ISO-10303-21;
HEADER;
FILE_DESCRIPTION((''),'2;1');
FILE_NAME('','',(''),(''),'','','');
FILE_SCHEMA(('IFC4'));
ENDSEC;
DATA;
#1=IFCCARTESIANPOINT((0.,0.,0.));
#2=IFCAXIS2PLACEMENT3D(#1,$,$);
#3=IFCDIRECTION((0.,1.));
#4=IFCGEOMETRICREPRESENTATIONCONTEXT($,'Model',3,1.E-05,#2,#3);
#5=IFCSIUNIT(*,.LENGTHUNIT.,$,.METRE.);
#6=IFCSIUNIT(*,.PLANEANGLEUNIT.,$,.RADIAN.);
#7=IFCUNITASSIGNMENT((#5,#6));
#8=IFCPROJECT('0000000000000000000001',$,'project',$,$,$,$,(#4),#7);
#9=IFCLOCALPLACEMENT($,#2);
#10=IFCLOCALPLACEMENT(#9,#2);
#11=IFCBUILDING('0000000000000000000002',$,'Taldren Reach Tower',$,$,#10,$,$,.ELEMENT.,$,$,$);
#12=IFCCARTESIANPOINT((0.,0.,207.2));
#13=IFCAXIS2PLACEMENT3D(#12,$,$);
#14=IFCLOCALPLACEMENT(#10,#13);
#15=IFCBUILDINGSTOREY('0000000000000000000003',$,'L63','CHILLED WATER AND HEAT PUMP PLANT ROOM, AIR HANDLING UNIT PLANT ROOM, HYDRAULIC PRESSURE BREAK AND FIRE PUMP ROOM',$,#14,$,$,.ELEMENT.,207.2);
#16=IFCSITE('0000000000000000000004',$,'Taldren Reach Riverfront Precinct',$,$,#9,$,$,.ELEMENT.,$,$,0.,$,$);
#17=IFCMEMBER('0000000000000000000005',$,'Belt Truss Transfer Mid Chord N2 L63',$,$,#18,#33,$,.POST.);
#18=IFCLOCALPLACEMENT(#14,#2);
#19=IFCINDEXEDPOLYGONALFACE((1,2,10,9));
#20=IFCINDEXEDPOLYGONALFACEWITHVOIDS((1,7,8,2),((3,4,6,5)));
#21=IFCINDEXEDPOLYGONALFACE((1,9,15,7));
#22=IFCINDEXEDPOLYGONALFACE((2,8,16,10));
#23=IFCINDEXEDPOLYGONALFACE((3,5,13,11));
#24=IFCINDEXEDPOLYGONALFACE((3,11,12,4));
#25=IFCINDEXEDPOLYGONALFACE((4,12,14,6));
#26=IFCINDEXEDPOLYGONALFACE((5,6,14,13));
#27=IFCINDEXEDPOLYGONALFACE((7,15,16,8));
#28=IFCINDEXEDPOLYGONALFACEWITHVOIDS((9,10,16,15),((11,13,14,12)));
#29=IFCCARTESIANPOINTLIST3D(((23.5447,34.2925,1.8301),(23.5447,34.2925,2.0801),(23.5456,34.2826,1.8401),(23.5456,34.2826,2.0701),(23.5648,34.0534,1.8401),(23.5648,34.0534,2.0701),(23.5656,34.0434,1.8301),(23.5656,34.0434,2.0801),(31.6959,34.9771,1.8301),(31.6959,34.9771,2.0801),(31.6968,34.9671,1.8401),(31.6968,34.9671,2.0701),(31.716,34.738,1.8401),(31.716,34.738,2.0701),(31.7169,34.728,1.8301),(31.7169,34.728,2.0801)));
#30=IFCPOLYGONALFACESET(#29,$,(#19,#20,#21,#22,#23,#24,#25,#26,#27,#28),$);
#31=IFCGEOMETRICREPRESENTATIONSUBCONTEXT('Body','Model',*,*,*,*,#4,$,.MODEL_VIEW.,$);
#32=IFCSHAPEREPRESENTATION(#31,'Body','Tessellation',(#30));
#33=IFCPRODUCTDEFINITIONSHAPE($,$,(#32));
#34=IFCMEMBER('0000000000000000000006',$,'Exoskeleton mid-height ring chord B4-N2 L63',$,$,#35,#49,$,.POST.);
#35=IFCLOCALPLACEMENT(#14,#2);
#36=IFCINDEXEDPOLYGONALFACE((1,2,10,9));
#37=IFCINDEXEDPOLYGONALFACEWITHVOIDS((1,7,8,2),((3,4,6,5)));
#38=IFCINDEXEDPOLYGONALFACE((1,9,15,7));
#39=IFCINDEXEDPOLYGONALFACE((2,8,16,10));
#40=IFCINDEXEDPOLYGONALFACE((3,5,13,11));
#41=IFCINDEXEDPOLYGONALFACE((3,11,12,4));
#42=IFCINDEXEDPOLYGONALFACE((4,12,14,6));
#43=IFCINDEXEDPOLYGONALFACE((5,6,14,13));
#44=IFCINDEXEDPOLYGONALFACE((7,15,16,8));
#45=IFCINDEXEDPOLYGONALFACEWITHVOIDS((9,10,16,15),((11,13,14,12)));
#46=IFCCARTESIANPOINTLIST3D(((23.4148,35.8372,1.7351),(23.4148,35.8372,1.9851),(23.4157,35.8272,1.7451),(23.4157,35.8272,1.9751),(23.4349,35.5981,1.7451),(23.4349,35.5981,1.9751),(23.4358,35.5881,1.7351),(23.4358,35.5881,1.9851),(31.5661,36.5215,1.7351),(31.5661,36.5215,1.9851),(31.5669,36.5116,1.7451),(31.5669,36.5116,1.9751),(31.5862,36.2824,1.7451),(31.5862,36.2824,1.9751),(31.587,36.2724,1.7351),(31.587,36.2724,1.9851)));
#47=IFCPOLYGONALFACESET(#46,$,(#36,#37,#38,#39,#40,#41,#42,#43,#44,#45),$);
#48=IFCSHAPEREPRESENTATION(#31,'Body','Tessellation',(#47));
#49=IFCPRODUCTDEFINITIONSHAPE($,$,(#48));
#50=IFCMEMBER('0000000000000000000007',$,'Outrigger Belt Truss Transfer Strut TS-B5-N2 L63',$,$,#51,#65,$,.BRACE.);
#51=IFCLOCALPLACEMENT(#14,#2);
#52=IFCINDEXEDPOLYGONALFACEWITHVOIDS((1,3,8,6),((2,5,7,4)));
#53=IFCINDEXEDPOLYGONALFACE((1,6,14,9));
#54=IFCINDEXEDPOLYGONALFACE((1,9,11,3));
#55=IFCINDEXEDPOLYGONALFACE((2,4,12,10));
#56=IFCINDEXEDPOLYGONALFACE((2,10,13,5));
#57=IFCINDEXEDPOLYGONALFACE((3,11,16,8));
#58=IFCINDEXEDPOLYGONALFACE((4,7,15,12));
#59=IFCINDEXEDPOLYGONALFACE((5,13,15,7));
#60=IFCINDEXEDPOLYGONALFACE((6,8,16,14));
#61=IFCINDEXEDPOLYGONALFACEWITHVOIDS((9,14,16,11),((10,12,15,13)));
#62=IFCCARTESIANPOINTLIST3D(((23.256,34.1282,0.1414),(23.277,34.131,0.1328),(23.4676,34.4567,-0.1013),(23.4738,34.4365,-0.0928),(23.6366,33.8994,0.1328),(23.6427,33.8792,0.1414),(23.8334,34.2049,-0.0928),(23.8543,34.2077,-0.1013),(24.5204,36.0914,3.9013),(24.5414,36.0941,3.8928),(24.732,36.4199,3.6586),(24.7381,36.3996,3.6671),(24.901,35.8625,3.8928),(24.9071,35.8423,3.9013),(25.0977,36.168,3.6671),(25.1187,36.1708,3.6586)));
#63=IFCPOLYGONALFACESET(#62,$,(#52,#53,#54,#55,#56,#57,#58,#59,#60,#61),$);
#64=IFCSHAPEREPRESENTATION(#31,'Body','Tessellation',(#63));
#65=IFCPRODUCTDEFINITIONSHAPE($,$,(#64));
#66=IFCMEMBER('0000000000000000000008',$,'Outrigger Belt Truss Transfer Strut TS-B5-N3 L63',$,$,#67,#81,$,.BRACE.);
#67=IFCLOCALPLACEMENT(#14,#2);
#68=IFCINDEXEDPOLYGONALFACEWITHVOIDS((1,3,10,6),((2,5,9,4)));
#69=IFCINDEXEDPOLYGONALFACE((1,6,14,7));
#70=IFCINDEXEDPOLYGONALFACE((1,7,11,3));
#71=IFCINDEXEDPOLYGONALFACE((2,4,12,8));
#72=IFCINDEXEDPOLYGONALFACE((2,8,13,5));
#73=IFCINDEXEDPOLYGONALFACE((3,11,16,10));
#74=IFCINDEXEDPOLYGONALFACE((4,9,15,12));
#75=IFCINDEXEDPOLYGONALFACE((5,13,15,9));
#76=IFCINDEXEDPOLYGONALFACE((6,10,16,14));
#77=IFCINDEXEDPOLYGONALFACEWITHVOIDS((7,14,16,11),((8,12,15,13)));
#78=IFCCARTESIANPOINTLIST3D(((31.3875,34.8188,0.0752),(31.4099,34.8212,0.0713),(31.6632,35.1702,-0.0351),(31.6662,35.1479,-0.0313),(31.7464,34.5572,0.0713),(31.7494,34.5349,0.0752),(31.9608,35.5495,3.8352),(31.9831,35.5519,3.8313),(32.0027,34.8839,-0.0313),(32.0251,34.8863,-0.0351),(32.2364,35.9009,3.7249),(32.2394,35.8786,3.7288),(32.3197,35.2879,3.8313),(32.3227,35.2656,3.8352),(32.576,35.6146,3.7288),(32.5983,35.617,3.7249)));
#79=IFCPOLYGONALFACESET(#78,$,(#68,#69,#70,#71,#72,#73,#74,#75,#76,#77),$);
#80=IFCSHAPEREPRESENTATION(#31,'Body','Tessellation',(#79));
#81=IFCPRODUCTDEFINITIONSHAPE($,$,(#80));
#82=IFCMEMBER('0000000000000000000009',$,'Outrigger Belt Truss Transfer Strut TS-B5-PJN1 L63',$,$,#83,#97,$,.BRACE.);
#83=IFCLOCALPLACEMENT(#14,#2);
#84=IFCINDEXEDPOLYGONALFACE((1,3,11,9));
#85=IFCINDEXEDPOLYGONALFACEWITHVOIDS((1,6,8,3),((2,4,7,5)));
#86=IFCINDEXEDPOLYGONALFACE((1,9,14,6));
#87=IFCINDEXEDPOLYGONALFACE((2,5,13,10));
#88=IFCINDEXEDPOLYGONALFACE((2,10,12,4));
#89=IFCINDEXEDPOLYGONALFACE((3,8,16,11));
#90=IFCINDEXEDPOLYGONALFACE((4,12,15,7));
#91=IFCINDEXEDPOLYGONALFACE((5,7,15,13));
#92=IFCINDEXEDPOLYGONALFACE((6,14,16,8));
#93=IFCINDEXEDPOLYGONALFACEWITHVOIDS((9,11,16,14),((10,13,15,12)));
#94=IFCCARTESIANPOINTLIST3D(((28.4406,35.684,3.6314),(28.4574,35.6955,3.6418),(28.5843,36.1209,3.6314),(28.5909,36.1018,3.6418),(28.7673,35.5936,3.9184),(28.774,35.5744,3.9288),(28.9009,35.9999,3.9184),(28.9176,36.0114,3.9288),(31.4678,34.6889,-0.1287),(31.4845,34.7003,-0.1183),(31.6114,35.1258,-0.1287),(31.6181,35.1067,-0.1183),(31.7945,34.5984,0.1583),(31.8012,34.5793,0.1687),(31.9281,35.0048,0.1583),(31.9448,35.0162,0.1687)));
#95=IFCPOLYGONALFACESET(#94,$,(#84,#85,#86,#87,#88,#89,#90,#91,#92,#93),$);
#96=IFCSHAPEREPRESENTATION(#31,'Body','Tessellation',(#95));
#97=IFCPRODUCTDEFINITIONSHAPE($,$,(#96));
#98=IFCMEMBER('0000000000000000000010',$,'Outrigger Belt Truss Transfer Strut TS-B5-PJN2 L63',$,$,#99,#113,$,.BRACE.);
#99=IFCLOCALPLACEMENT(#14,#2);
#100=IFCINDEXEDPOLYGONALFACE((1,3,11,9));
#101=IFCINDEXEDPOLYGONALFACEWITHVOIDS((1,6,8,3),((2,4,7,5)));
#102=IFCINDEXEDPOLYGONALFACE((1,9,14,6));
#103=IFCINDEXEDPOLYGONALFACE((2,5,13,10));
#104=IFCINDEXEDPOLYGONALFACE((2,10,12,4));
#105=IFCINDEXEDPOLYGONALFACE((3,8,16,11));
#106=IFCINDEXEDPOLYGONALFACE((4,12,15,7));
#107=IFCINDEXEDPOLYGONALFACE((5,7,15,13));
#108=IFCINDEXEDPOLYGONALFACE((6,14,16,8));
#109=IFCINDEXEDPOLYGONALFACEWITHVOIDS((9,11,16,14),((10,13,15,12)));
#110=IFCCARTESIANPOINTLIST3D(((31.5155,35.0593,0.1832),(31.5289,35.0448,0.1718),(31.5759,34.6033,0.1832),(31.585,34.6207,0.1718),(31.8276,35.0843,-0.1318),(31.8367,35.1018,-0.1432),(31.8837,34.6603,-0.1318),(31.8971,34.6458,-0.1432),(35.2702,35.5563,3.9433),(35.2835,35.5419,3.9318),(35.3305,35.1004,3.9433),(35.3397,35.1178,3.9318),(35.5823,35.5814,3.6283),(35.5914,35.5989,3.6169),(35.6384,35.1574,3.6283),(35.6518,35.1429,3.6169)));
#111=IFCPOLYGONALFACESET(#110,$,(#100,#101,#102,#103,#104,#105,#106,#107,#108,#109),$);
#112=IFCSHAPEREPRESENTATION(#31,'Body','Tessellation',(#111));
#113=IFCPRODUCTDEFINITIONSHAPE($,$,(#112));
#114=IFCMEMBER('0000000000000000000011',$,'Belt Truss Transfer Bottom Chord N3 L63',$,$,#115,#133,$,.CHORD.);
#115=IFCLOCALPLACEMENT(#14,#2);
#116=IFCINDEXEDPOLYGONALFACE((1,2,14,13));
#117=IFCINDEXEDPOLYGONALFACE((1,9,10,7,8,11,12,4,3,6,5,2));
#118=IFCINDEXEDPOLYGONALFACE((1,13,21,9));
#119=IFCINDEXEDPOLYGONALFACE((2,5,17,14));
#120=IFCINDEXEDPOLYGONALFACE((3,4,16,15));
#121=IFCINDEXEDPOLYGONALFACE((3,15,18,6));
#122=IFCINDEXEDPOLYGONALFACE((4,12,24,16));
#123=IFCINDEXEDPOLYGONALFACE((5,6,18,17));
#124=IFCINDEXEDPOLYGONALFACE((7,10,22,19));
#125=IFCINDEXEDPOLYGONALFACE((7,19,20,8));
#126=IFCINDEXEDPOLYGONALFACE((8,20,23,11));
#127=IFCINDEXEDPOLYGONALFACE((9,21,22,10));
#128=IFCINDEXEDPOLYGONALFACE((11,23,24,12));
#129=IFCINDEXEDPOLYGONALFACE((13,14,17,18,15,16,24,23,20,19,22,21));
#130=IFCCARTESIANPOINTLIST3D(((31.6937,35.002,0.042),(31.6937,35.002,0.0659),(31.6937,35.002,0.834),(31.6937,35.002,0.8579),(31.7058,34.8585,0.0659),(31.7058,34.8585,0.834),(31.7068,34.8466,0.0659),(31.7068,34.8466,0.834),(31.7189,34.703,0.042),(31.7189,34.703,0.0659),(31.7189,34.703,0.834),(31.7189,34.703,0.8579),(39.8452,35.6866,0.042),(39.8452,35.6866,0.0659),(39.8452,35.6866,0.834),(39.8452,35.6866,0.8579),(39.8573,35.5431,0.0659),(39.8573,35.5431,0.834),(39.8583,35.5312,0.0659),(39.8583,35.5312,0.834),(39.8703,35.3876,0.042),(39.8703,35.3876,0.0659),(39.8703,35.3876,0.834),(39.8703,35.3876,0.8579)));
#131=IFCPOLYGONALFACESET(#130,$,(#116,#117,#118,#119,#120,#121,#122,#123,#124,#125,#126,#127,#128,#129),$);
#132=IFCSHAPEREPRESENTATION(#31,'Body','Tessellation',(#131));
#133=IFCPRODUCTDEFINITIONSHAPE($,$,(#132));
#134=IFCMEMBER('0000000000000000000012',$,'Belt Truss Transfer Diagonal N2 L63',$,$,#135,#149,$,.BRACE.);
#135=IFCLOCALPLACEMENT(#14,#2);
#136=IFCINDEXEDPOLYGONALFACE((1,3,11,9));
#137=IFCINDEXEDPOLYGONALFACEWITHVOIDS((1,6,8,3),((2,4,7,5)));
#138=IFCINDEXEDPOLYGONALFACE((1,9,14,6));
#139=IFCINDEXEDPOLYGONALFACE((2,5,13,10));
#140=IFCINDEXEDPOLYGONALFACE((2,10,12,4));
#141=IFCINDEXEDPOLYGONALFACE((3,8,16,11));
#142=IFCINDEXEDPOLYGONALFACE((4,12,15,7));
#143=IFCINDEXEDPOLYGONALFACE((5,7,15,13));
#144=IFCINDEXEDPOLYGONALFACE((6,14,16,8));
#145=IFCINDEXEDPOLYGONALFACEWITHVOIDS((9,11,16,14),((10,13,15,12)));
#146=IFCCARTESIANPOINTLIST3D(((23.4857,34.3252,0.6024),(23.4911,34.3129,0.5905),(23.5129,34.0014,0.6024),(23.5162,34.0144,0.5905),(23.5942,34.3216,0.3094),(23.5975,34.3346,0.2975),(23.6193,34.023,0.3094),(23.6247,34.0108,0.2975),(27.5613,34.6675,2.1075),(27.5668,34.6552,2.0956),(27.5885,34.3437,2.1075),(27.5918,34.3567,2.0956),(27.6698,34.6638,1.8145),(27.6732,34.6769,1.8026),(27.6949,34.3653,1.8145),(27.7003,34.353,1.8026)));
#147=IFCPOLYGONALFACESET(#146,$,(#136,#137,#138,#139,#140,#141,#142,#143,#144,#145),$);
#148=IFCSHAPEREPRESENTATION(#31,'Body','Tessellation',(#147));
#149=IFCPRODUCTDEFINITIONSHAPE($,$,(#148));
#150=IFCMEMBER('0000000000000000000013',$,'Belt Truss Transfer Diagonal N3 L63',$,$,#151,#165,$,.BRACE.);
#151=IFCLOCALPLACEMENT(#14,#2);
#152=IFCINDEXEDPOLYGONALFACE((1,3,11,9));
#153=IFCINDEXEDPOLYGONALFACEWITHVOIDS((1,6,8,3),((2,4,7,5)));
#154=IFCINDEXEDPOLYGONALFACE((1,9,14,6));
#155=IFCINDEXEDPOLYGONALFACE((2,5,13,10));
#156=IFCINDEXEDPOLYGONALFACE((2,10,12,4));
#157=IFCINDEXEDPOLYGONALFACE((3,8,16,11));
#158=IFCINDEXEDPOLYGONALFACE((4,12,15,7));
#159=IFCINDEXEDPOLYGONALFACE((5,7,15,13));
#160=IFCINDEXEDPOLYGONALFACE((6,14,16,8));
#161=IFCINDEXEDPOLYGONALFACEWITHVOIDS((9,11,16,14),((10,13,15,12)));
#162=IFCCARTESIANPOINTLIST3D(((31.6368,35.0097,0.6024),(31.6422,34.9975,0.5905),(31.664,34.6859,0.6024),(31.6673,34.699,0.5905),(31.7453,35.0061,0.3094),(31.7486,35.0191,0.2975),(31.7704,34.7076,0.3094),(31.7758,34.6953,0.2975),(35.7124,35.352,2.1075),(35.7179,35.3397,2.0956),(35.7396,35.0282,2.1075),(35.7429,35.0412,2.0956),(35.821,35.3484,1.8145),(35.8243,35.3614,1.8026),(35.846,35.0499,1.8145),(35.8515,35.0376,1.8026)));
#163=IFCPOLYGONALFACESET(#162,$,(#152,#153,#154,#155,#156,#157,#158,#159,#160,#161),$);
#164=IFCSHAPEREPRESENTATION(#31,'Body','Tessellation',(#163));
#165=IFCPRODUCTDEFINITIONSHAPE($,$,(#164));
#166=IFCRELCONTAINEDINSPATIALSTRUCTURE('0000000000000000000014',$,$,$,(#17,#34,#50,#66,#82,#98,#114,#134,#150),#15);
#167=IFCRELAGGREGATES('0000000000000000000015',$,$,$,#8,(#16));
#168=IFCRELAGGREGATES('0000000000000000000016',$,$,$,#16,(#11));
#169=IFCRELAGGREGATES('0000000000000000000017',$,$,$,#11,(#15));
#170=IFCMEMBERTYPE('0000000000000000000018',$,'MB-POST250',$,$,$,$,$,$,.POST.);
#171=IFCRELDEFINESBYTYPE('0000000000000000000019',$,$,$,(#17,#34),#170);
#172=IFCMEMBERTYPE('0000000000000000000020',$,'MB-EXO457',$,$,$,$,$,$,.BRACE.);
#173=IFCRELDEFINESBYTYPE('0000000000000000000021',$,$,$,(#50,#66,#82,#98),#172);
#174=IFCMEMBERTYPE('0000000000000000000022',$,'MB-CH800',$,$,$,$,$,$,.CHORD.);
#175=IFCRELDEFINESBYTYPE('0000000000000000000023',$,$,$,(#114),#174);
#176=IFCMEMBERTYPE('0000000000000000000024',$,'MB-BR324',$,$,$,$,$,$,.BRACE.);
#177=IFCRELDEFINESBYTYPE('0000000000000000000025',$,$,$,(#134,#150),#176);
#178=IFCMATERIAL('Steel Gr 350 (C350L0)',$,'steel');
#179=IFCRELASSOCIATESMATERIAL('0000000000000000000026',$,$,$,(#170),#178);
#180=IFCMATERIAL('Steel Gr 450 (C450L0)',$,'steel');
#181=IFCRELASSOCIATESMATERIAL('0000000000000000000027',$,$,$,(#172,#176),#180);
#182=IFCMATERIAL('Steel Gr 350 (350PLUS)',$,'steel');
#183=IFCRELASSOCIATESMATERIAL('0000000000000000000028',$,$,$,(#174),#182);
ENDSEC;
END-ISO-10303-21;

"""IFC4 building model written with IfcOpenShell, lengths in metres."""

from ifc_helpers import new_model, si_unit, direction, frame, origin, origin_2d, place, context, subcontext, project, spatial, hollow_rectangle, i_section, extrude, source, transform, mapped, material, material_profile, profile_set, type_object, element, save


model = new_model("IFC4")

# Units and contexts
model_context = context("Model", 3, precision=1e-05, world=origin(), true_north=direction((0.0, 1.0)))
body_context = subcontext(model_context, "Body", "Model", "MODEL_VIEW")
ifc_project = project(units=[si_unit("LENGTHUNIT", "METRE"), si_unit("PLANEANGLEUNIT", "RADIAN")], contexts=[model_context])

# Site, building, storey
site_placement = place(None, origin())
site = spatial("IfcSite", under=ifc_project, at=site_placement, Name="Taldren Reach Riverfront Precinct", CompositionType="ELEMENT", RefElevation=0.0)
building_placement = place(site_placement, origin())
building = spatial("IfcBuilding", under=site, at=building_placement, Name="Taldren Reach Tower", CompositionType="ELEMENT")
storey_placement = place(building_placement, frame((0.0, 0.0, 207.2)))
storey = spatial("IfcBuildingStorey", under=building, at=storey_placement, Name="L63", Description="CHILLED WATER AND HEAT PUMP PLANT ROOM, AIR HANDLING UNIT PLANT ROOM, HYDRAULIC PRESSURE BREAK AND FIRE PUMP ROOM", CompositionType="ELEMENT", Elevation=207.2)

# Shared definitions
ifc_material_1 = material(Name="Steel Gr 350 (350PLUS)", Category="steel")

# Shared definitions
ifc_material_2 = material(Name="Steel Gr 350 (C350L0)", Category="steel")
ifc_material_profile_1 = material_profile(ifc_material_2, hollow_rectangle(XDim=0.25, YDim=0.25, WallThickness=0.01, at=origin_2d()), Name="250x250x10.0SHS")
ifc_profile_set_1 = profile_set([ifc_material_profile_1], Name="Steel Gr 350 (C350L0)")
member_type_1 = type_object("IfcMemberType", Name="MB-POST250", PredefinedType="POST", material=ifc_profile_set_1)

# Members
ifc_material_3 = material(Name="Steel Gr 450 (C450L0)", Category="steel")
shared_shape_1 = source(origin(), body_context, "Body", "SweptSolid", [
    extrude(hollow_rectangle(XDim=0.25, YDim=0.25, WallThickness=0.01, at=origin_2d()), origin(), (0.0, 0.0, 1.0), 8.1799),
])
for number, where, z_axis, x_axis, name in (
    (1, (23.5552, 34.168, 1.9551), (0.996492, 0.08369, 0.0), (-0.08369, 0.996492, 0.0), "Belt Truss Transfer Mid Chord N2 L63"),
    (2, (23.4253, 35.7126, 1.8601), (0.996495, 0.083658, 0.0), (-0.083658, 0.996495, 0.0), "Exoskeleton mid-height ring chord B4-N2 L63"),
):
    element("IfcMember", number, at=place(storey_placement, frame(where, z_axis=z_axis, x_axis=x_axis)), inside=storey, type_object=member_type_1, Name=name, PredefinedType="POST", context=body_context, shape_type="MappedRepresentation", body=[
        mapped(shared_shape_1, transform((0.0, 0.0, 0.0), scale=1.0)),
    ])
ifc_material_profile_2 = material_profile(ifc_material_3, hollow_rectangle(XDim=0.46, YDim=0.46, WallThickness=0.0161, at=origin_2d()), Name="460x460x16.0SHS")
ifc_profile_set_2 = profile_set([ifc_material_profile_2], Name="Steel Gr 450 (C450L0)")
member_type_2 = type_object("IfcMemberType", Name="MB-EXO457", PredefinedType="BRACE", material=ifc_profile_set_2)
shared_shape_2 = source(origin(), body_context, "Body", "SweptSolid", [
    extrude(hollow_rectangle(XDim=0.46, YDim=0.46, WallThickness=0.0161, at=origin_2d()), origin(), (0.0, 0.0, 1.0), 4.426),
])
member_1_placement = place(storey_placement, frame((23.5552, 34.168, 0.02), z_axis=(0.285671, 0.443537, 0.84951), x_axis=(-0.840713, 0.541481, 0.0)))
element("IfcMember", 3, at=member_1_placement, inside=storey, type_object=member_type_2, Name="Outrigger Belt Truss Transfer Strut TS-B5-N2 L63", PredefinedType="BRACE", context=body_context, shape_type="MappedRepresentation", body=[
    mapped(shared_shape_2, transform((0.0, 0.0, 0.0), scale=1.0)),
])
shared_shape_3 = source(origin(), body_context, "Body", "SweptSolid", [
    extrude(hollow_rectangle(XDim=0.46, YDim=0.46, WallThickness=0.0161, at=origin_2d()), origin(), (0.0, 0.0, 1.0), 3.873),
])
member_2_placement = place(storey_placement, frame((31.7063, 34.8525, 0.02), z_axis=(0.148009, 0.188668, 0.970823), x_axis=(-0.786783, 0.617229, 0.0)))
element("IfcMember", 4, at=member_2_placement, inside=storey, type_object=member_type_2, Name="Outrigger Belt Truss Transfer Strut TS-B5-N3 L63", PredefinedType="BRACE", context=body_context, shape_type="MappedRepresentation", body=[
    mapped(shared_shape_3, transform((0.0, 0.0, 0.0), scale=1.0)),
])
shared_shape_4 = source(origin(), body_context, "Body", "SweptSolid", [
    extrude(hollow_rectangle(XDim=0.46, YDim=0.46, WallThickness=0.0161, at=origin_2d()), origin(), (0.0, 0.0, 1.0), 4.9287),
])
member_3_placement = place(storey_placement, frame((31.7063, 34.8525, 0.02), z_axis=(-0.614188, 0.201906, 0.762894), x_axis=(-0.312295, -0.949985, 0.0)))
element("IfcMember", 5, at=member_3_placement, inside=storey, type_object=member_type_2, Name="Outrigger Belt Truss Transfer Strut TS-B5-PJN1 L63", PredefinedType="BRACE", context=body_context, shape_type="MappedRepresentation", body=[
    mapped(shared_shape_4, transform((0.0, 0.0, 0.0), scale=1.0)),
])
shared_shape_5 = source(origin(), body_context, "Body", "SweptSolid", [
    extrude(hollow_rectangle(XDim=0.46, YDim=0.46, WallThickness=0.0161, at=origin_2d()), origin(), (0.0, 0.0, 1.0), 5.3369),
])
member_4_placement = place(storey_placement, frame((31.7063, 34.8525, 0.02), z_axis=(0.70353, 0.093139, 0.704536), x_axis=(-0.131243, 0.99135, 0.0)))
element("IfcMember", 6, at=member_4_placement, inside=storey, type_object=member_type_2, Name="Outrigger Belt Truss Transfer Strut TS-B5-PJN2 L63", PredefinedType="BRACE", context=body_context, shape_type="MappedRepresentation", body=[
    mapped(shared_shape_5, transform((0.0, 0.0, 0.0), scale=1.0)),
])
ifc_material_profile_3 = material_profile(ifc_material_1, i_section(OverallWidth=0.3, OverallDepth=0.8159, WebThickness=0.012, FlangeThickness=0.0239, at=origin_2d()), Name="800WB192")
ifc_profile_set_3 = profile_set([ifc_material_profile_3], Name="Steel Gr 350 (350PLUS)")
member_type_3 = type_object("IfcMemberType", Name="MB-CH800", PredefinedType="CHORD", material=ifc_profile_set_3)
shared_shape_6 = source(origin(), body_context, "Body", "SweptSolid", [
    extrude(i_section(OverallWidth=0.3, OverallDepth=0.8159, WebThickness=0.012, FlangeThickness=0.0239, at=origin_2d()), origin(), (0.0, 0.0, 1.0), 8.1802),
])
member_5_placement = place(storey_placement, frame((31.7063, 34.8525, 0.45), z_axis=(0.996492, 0.083688, 0.0), x_axis=(-0.083688, 0.996492, 0.0)))
element("IfcMember", 7, at=member_5_placement, inside=storey, type_object=member_type_3, Name="Belt Truss Transfer Bottom Chord N3 L63", PredefinedType="CHORD", context=body_context, shape_type="MappedRepresentation", body=[
    mapped(shared_shape_6, transform((0.0, 0.0, 0.0), scale=1.0)),
])
ifc_material_profile_4 = material_profile(ifc_material_3, hollow_rectangle(XDim=0.325, YDim=0.325, WallThickness=0.0127, at=origin_2d()), Name="325x325x12.7SHS")
ifc_profile_set_4 = profile_set([ifc_material_profile_4], Name="Steel Gr 450 (C450L0)")
member_type_4 = type_object("IfcMemberType", Name="MB-BR324", PredefinedType="BRACE", material=ifc_profile_set_4)
shared_shape_7 = source(origin(), body_context, "Body", "SweptSolid", [
    extrude(hollow_rectangle(XDim=0.325, YDim=0.325, WallThickness=0.0127, at=origin_2d()), origin(), (0.0, 0.0, 1.0), 4.3582),
])
for number, where, z_axis, x_axis, name in (
    (8, (23.5552, 34.168, 0.45), (0.935179, 0.078538, 0.345356), (-0.083688, 0.996492, 0.0), "Belt Truss Transfer Diagonal N2 L63"),
    (9, (31.7063, 34.8525, 0.45), (0.935179, 0.078538, 0.345356), (-0.083688, 0.996492, 0.0), "Belt Truss Transfer Diagonal N3 L63"),
):
    element("IfcMember", number, at=place(storey_placement, frame(where, z_axis=z_axis, x_axis=x_axis)), inside=storey, type_object=member_type_4, Name=name, PredefinedType="BRACE", context=body_context, shape_type="MappedRepresentation", body=[
        mapped(shared_shape_7, transform((0.0, 0.0, 0.0), scale=1.0)),
    ])

save(model, "model.ifc")
